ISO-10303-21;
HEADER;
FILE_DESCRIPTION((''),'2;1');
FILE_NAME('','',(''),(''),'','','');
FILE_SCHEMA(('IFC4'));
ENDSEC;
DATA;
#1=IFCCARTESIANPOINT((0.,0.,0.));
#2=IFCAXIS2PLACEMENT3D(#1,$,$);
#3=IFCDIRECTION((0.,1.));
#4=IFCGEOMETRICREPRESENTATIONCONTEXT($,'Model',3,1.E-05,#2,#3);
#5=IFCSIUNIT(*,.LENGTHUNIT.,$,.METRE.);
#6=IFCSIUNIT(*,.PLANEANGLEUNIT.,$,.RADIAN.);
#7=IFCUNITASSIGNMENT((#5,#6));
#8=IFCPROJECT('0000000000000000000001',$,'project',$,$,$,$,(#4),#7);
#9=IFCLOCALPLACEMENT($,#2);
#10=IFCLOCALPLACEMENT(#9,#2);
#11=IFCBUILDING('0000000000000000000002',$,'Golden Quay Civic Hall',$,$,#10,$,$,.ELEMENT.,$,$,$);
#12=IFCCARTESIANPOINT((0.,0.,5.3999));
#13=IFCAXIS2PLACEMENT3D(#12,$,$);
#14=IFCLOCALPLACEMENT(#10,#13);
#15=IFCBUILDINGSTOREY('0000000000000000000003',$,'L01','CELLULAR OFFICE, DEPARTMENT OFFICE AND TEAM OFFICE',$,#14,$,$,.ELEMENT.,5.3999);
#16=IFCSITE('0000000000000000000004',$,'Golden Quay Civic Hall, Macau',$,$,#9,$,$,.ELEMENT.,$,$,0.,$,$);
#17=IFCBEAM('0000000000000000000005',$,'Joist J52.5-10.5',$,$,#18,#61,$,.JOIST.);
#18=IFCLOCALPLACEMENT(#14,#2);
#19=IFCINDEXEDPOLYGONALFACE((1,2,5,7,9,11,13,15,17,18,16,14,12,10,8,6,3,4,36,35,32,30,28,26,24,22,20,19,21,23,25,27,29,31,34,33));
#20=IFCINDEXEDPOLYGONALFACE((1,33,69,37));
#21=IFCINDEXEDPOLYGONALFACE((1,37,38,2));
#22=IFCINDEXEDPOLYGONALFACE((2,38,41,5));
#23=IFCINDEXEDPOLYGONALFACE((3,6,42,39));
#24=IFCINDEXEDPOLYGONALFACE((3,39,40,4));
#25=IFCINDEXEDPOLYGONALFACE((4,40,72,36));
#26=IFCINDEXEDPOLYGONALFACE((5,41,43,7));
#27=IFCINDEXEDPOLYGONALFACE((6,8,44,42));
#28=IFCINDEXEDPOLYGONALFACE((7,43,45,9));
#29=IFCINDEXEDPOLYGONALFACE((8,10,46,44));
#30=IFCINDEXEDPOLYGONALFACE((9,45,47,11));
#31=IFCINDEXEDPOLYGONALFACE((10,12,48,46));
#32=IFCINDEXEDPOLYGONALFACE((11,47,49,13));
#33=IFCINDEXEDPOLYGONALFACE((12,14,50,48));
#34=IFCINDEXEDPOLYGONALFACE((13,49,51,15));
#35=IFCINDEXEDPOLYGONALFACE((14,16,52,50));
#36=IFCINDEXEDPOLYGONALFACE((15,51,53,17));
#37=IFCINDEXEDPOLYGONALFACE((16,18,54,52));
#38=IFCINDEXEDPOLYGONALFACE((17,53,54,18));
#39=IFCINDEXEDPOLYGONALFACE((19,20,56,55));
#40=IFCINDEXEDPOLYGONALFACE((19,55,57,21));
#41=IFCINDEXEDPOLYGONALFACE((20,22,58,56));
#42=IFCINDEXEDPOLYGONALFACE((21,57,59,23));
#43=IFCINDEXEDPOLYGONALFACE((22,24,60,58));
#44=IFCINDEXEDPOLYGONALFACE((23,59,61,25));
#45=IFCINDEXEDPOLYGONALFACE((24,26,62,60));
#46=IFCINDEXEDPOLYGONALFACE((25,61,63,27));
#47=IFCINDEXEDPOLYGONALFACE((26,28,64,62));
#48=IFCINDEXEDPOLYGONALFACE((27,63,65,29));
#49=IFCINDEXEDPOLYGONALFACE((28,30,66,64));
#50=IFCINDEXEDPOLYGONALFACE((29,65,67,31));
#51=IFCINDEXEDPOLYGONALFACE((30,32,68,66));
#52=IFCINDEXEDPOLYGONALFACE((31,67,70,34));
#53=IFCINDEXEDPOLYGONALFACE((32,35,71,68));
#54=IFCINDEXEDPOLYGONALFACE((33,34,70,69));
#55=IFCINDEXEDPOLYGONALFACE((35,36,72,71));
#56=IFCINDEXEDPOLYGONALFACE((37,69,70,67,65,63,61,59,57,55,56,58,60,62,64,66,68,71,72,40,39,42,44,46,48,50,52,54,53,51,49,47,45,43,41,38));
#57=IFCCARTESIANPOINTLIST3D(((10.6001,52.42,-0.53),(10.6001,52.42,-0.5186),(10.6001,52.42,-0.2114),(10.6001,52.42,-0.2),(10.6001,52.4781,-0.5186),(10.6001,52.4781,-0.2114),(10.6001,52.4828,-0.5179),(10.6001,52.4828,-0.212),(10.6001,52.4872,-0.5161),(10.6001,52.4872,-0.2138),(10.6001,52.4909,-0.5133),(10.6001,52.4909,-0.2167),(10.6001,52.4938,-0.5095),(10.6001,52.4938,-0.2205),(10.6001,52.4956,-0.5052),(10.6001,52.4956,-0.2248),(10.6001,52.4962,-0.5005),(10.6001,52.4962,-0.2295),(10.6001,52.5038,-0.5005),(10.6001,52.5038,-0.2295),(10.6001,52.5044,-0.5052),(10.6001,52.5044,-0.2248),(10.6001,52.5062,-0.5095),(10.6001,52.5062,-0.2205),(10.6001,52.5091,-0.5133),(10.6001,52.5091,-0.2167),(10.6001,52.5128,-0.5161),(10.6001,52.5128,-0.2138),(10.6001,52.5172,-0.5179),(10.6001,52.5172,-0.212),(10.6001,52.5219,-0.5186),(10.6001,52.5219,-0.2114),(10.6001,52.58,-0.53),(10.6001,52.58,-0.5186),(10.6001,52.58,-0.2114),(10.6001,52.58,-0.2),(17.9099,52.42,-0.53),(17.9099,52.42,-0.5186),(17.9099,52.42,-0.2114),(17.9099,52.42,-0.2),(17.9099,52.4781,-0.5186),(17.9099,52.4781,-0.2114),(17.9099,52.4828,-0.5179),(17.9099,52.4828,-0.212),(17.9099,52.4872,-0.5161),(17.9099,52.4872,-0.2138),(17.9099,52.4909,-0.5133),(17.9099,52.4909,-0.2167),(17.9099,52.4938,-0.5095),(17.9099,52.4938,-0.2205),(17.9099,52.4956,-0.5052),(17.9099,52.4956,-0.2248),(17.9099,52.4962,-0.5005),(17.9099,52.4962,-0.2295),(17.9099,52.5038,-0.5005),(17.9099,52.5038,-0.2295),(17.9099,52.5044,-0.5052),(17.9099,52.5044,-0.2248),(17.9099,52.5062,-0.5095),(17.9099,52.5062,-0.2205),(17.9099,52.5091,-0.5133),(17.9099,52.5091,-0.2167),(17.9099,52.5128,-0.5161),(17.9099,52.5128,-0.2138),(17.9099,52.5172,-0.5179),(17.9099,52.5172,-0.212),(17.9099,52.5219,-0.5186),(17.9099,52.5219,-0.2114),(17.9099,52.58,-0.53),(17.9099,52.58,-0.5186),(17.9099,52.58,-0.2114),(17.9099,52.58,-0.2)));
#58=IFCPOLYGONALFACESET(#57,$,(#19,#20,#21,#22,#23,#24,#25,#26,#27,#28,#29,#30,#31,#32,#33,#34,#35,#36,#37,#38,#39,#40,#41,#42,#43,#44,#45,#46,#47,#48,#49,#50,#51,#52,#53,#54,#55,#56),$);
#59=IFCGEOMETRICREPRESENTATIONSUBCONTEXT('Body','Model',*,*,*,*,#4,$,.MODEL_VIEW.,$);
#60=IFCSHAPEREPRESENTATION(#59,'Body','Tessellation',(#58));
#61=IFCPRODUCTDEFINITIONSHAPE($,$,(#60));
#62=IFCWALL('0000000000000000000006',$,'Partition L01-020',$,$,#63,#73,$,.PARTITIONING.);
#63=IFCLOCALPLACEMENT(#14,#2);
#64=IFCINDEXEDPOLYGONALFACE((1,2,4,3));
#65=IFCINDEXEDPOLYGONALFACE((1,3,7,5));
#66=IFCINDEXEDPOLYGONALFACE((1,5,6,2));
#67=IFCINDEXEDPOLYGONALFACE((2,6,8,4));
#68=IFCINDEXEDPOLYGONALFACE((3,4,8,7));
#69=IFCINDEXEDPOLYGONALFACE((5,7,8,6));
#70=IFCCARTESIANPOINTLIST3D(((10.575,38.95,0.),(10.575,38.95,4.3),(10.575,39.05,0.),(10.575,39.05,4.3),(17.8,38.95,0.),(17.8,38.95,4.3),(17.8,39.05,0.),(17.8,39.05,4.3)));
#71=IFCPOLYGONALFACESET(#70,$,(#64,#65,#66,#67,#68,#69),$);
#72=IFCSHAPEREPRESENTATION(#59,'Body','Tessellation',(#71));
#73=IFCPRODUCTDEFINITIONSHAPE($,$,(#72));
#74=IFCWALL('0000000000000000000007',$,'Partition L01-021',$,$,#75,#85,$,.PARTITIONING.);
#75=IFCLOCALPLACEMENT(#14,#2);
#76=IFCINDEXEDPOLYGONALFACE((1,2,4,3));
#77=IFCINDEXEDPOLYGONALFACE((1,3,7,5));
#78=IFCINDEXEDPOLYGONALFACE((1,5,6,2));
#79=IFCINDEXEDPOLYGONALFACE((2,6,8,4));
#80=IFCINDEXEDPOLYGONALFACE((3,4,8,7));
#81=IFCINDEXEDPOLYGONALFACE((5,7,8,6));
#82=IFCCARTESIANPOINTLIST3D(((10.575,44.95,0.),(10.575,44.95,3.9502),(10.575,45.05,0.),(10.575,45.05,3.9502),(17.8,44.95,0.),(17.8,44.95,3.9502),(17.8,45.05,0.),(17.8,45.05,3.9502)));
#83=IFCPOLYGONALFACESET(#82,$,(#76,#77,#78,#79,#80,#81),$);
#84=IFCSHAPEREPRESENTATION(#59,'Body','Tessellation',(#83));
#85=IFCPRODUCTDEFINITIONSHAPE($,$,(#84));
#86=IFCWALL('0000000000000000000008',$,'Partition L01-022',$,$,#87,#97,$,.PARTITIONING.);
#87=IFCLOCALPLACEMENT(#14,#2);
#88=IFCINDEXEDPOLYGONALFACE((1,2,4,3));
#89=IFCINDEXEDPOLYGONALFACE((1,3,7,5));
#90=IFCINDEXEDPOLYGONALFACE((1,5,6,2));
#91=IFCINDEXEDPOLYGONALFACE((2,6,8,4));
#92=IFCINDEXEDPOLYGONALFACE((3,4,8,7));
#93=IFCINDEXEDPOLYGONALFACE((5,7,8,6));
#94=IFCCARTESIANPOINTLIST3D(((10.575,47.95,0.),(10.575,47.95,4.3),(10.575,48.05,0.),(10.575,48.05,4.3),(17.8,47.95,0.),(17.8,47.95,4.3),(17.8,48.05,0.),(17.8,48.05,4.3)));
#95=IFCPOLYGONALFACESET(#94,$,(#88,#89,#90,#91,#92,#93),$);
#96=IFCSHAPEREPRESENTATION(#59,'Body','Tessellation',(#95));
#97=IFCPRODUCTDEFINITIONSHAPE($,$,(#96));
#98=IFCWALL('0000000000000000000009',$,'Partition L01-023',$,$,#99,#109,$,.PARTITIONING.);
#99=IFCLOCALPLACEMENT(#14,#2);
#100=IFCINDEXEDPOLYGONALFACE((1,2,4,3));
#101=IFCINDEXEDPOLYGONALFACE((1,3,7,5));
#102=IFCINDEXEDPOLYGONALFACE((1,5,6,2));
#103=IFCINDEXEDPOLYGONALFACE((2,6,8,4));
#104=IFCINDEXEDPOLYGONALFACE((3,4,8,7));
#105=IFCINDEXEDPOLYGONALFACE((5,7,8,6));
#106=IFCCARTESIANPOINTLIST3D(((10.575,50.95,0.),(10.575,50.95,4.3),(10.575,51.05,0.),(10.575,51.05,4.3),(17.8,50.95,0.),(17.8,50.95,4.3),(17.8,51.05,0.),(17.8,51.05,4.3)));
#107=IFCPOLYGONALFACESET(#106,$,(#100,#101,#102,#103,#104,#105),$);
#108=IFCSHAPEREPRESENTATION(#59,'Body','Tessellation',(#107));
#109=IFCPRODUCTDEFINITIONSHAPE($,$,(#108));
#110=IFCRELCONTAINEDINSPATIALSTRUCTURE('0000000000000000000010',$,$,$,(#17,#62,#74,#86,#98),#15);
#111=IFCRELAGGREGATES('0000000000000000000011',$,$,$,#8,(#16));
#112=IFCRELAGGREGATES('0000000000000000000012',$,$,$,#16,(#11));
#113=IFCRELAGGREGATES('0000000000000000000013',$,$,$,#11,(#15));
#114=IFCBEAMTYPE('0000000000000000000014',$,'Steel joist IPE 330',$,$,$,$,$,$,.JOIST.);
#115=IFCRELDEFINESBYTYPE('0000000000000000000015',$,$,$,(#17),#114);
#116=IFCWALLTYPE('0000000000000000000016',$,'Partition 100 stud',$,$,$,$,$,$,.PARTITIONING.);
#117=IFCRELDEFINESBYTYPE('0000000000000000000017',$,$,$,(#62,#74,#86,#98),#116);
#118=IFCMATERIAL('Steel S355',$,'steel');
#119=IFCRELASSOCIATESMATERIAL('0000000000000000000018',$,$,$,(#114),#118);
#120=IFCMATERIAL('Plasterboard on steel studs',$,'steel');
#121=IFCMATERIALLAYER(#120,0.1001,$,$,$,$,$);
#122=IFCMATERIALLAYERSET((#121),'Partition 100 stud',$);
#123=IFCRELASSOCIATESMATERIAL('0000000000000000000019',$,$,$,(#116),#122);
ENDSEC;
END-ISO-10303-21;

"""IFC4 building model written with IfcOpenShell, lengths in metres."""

from ifc_helpers import new_model, si_unit, direction, frame, frame_2d, origin, origin_2d, place, context, subcontext, project, spatial, rectangle, i_section, extrude, material, layer, layer_set, material_profile, profile_set, type_object, element, save


model = new_model("IFC4")

# Units and contexts
model_context = context("Model", 3, precision=1e-05, world=origin(), true_north=direction((0.0, 1.0)))
body_context = subcontext(model_context, "Body", "Model", "MODEL_VIEW")
ifc_project = project(units=[si_unit("LENGTHUNIT", "METRE"), si_unit("PLANEANGLEUNIT", "RADIAN")], contexts=[model_context])

# Site, building, storey
site_placement = place(None, origin())
site = spatial("IfcSite", under=ifc_project, at=site_placement, Name="Golden Quay Civic Hall, Macau", CompositionType="ELEMENT", RefElevation=0.0)
building_placement = place(site_placement, origin())
building = spatial("IfcBuilding", under=site, at=building_placement, Name="Golden Quay Civic Hall", CompositionType="ELEMENT")
storey_placement = place(building_placement, frame((0.0, 0.0, 5.3999)))
storey = spatial("IfcBuildingStorey", under=building, at=storey_placement, Name="L01", Description="CELLULAR OFFICE, DEPARTMENT OFFICE AND TEAM OFFICE", CompositionType="ELEMENT", Elevation=5.3999)

# Beam
ifc_material_1 = material(Name="Steel S355", Category="steel")
ifc_material_profile_1 = material_profile(ifc_material_1, i_section(OverallWidth=0.1599, OverallDepth=0.3301, WebThickness=0.0076, FlangeThickness=0.0115, FilletRadius=0.0181, at=origin_2d()), Name="IPE 330")
ifc_profile_set_1 = profile_set([ifc_material_profile_1], Name="Steel S355")
beam_type_1 = type_object("IfcBeamType", Name="Steel joist IPE 330", PredefinedType="JOIST", material=ifc_profile_set_1)
for number, where, z_axis, x_axis, name in (
    (1, (10.6001, 52.5, -0.365), (1.0, 0.0, 0.0), (0.0, 1.0, 0.0), "Joist J52.5-10.5"),
):
    element("IfcBeam", number, at=place(storey_placement, frame(where, z_axis=z_axis, x_axis=x_axis)), inside=storey, type_object=beam_type_1, Name=name, PredefinedType="JOIST", context=body_context, shape_type="SweptSolid", body=[
        extrude(i_section(OverallWidth=0.1599, OverallDepth=0.3301, WebThickness=0.0076, FlangeThickness=0.0115, FilletRadius=0.0181, at=origin_2d()), origin(), (0.0, 0.0, 1.0), 7.3098),
    ])

# Walls
ifc_material_2 = material(Name="Plasterboard on steel studs", Category="steel")
ifc_layer_1 = layer(ifc_material_2, 0.1001)
ifc_layer_set_1 = layer_set([ifc_layer_1], Name="Partition 100 stud")
wall_type_1 = type_object("IfcWallType", Name="Partition 100 stud", PredefinedType="PARTITIONING", material=ifc_layer_set_1)
wall_1_placement = place(storey_placement, frame((10.575, 39.0, 0.0), z_axis=(0.0, 0.0, 1.0), x_axis=(1.0, 0.0, 0.0)))
element("IfcWall", 2, at=wall_1_placement, inside=storey, type_object=wall_type_1, Name="Partition L01-020", PredefinedType="PARTITIONING", context=body_context, shape_type="SweptSolid", body=[
    extrude(rectangle(XDim=7.2251, YDim=0.1001, at=frame_2d((3.6125, 0.0))), origin(), (0.0, 0.0, 1.0), 4.3),
])
wall_2_placement = place(storey_placement, frame((10.575, 45.0, 0.0), z_axis=(0.0, 0.0, 1.0), x_axis=(1.0, 0.0, 0.0)))
element("IfcWall", 3, at=wall_2_placement, inside=storey, type_object=wall_type_1, Name="Partition L01-021", PredefinedType="PARTITIONING", context=body_context, shape_type="SweptSolid", body=[
    extrude(rectangle(XDim=7.2251, YDim=0.1001, at=frame_2d((3.6125, 0.0))), origin(), (0.0, 0.0, 1.0), 3.9502),
])
for number, where, z_axis, x_axis, name in (
    (4, (10.575, 48.0, 0.0), (0.0, 0.0, 1.0), (1.0, 0.0, 0.0), "Partition L01-022"),
    (5, (10.575, 51.0, 0.0), (0.0, 0.0, 1.0), (1.0, 0.0, 0.0), "Partition L01-023"),
):
    element("IfcWall", number, at=place(storey_placement, frame(where, z_axis=z_axis, x_axis=x_axis)), inside=storey, type_object=wall_type_1, Name=name, PredefinedType="PARTITIONING", context=body_context, shape_type="SweptSolid", body=[
        extrude(rectangle(XDim=7.2251, YDim=0.1001, at=frame_2d((3.6125, 0.0))), origin(), (0.0, 0.0, 1.0), 4.3),
    ])

save(model, "model.ifc")
